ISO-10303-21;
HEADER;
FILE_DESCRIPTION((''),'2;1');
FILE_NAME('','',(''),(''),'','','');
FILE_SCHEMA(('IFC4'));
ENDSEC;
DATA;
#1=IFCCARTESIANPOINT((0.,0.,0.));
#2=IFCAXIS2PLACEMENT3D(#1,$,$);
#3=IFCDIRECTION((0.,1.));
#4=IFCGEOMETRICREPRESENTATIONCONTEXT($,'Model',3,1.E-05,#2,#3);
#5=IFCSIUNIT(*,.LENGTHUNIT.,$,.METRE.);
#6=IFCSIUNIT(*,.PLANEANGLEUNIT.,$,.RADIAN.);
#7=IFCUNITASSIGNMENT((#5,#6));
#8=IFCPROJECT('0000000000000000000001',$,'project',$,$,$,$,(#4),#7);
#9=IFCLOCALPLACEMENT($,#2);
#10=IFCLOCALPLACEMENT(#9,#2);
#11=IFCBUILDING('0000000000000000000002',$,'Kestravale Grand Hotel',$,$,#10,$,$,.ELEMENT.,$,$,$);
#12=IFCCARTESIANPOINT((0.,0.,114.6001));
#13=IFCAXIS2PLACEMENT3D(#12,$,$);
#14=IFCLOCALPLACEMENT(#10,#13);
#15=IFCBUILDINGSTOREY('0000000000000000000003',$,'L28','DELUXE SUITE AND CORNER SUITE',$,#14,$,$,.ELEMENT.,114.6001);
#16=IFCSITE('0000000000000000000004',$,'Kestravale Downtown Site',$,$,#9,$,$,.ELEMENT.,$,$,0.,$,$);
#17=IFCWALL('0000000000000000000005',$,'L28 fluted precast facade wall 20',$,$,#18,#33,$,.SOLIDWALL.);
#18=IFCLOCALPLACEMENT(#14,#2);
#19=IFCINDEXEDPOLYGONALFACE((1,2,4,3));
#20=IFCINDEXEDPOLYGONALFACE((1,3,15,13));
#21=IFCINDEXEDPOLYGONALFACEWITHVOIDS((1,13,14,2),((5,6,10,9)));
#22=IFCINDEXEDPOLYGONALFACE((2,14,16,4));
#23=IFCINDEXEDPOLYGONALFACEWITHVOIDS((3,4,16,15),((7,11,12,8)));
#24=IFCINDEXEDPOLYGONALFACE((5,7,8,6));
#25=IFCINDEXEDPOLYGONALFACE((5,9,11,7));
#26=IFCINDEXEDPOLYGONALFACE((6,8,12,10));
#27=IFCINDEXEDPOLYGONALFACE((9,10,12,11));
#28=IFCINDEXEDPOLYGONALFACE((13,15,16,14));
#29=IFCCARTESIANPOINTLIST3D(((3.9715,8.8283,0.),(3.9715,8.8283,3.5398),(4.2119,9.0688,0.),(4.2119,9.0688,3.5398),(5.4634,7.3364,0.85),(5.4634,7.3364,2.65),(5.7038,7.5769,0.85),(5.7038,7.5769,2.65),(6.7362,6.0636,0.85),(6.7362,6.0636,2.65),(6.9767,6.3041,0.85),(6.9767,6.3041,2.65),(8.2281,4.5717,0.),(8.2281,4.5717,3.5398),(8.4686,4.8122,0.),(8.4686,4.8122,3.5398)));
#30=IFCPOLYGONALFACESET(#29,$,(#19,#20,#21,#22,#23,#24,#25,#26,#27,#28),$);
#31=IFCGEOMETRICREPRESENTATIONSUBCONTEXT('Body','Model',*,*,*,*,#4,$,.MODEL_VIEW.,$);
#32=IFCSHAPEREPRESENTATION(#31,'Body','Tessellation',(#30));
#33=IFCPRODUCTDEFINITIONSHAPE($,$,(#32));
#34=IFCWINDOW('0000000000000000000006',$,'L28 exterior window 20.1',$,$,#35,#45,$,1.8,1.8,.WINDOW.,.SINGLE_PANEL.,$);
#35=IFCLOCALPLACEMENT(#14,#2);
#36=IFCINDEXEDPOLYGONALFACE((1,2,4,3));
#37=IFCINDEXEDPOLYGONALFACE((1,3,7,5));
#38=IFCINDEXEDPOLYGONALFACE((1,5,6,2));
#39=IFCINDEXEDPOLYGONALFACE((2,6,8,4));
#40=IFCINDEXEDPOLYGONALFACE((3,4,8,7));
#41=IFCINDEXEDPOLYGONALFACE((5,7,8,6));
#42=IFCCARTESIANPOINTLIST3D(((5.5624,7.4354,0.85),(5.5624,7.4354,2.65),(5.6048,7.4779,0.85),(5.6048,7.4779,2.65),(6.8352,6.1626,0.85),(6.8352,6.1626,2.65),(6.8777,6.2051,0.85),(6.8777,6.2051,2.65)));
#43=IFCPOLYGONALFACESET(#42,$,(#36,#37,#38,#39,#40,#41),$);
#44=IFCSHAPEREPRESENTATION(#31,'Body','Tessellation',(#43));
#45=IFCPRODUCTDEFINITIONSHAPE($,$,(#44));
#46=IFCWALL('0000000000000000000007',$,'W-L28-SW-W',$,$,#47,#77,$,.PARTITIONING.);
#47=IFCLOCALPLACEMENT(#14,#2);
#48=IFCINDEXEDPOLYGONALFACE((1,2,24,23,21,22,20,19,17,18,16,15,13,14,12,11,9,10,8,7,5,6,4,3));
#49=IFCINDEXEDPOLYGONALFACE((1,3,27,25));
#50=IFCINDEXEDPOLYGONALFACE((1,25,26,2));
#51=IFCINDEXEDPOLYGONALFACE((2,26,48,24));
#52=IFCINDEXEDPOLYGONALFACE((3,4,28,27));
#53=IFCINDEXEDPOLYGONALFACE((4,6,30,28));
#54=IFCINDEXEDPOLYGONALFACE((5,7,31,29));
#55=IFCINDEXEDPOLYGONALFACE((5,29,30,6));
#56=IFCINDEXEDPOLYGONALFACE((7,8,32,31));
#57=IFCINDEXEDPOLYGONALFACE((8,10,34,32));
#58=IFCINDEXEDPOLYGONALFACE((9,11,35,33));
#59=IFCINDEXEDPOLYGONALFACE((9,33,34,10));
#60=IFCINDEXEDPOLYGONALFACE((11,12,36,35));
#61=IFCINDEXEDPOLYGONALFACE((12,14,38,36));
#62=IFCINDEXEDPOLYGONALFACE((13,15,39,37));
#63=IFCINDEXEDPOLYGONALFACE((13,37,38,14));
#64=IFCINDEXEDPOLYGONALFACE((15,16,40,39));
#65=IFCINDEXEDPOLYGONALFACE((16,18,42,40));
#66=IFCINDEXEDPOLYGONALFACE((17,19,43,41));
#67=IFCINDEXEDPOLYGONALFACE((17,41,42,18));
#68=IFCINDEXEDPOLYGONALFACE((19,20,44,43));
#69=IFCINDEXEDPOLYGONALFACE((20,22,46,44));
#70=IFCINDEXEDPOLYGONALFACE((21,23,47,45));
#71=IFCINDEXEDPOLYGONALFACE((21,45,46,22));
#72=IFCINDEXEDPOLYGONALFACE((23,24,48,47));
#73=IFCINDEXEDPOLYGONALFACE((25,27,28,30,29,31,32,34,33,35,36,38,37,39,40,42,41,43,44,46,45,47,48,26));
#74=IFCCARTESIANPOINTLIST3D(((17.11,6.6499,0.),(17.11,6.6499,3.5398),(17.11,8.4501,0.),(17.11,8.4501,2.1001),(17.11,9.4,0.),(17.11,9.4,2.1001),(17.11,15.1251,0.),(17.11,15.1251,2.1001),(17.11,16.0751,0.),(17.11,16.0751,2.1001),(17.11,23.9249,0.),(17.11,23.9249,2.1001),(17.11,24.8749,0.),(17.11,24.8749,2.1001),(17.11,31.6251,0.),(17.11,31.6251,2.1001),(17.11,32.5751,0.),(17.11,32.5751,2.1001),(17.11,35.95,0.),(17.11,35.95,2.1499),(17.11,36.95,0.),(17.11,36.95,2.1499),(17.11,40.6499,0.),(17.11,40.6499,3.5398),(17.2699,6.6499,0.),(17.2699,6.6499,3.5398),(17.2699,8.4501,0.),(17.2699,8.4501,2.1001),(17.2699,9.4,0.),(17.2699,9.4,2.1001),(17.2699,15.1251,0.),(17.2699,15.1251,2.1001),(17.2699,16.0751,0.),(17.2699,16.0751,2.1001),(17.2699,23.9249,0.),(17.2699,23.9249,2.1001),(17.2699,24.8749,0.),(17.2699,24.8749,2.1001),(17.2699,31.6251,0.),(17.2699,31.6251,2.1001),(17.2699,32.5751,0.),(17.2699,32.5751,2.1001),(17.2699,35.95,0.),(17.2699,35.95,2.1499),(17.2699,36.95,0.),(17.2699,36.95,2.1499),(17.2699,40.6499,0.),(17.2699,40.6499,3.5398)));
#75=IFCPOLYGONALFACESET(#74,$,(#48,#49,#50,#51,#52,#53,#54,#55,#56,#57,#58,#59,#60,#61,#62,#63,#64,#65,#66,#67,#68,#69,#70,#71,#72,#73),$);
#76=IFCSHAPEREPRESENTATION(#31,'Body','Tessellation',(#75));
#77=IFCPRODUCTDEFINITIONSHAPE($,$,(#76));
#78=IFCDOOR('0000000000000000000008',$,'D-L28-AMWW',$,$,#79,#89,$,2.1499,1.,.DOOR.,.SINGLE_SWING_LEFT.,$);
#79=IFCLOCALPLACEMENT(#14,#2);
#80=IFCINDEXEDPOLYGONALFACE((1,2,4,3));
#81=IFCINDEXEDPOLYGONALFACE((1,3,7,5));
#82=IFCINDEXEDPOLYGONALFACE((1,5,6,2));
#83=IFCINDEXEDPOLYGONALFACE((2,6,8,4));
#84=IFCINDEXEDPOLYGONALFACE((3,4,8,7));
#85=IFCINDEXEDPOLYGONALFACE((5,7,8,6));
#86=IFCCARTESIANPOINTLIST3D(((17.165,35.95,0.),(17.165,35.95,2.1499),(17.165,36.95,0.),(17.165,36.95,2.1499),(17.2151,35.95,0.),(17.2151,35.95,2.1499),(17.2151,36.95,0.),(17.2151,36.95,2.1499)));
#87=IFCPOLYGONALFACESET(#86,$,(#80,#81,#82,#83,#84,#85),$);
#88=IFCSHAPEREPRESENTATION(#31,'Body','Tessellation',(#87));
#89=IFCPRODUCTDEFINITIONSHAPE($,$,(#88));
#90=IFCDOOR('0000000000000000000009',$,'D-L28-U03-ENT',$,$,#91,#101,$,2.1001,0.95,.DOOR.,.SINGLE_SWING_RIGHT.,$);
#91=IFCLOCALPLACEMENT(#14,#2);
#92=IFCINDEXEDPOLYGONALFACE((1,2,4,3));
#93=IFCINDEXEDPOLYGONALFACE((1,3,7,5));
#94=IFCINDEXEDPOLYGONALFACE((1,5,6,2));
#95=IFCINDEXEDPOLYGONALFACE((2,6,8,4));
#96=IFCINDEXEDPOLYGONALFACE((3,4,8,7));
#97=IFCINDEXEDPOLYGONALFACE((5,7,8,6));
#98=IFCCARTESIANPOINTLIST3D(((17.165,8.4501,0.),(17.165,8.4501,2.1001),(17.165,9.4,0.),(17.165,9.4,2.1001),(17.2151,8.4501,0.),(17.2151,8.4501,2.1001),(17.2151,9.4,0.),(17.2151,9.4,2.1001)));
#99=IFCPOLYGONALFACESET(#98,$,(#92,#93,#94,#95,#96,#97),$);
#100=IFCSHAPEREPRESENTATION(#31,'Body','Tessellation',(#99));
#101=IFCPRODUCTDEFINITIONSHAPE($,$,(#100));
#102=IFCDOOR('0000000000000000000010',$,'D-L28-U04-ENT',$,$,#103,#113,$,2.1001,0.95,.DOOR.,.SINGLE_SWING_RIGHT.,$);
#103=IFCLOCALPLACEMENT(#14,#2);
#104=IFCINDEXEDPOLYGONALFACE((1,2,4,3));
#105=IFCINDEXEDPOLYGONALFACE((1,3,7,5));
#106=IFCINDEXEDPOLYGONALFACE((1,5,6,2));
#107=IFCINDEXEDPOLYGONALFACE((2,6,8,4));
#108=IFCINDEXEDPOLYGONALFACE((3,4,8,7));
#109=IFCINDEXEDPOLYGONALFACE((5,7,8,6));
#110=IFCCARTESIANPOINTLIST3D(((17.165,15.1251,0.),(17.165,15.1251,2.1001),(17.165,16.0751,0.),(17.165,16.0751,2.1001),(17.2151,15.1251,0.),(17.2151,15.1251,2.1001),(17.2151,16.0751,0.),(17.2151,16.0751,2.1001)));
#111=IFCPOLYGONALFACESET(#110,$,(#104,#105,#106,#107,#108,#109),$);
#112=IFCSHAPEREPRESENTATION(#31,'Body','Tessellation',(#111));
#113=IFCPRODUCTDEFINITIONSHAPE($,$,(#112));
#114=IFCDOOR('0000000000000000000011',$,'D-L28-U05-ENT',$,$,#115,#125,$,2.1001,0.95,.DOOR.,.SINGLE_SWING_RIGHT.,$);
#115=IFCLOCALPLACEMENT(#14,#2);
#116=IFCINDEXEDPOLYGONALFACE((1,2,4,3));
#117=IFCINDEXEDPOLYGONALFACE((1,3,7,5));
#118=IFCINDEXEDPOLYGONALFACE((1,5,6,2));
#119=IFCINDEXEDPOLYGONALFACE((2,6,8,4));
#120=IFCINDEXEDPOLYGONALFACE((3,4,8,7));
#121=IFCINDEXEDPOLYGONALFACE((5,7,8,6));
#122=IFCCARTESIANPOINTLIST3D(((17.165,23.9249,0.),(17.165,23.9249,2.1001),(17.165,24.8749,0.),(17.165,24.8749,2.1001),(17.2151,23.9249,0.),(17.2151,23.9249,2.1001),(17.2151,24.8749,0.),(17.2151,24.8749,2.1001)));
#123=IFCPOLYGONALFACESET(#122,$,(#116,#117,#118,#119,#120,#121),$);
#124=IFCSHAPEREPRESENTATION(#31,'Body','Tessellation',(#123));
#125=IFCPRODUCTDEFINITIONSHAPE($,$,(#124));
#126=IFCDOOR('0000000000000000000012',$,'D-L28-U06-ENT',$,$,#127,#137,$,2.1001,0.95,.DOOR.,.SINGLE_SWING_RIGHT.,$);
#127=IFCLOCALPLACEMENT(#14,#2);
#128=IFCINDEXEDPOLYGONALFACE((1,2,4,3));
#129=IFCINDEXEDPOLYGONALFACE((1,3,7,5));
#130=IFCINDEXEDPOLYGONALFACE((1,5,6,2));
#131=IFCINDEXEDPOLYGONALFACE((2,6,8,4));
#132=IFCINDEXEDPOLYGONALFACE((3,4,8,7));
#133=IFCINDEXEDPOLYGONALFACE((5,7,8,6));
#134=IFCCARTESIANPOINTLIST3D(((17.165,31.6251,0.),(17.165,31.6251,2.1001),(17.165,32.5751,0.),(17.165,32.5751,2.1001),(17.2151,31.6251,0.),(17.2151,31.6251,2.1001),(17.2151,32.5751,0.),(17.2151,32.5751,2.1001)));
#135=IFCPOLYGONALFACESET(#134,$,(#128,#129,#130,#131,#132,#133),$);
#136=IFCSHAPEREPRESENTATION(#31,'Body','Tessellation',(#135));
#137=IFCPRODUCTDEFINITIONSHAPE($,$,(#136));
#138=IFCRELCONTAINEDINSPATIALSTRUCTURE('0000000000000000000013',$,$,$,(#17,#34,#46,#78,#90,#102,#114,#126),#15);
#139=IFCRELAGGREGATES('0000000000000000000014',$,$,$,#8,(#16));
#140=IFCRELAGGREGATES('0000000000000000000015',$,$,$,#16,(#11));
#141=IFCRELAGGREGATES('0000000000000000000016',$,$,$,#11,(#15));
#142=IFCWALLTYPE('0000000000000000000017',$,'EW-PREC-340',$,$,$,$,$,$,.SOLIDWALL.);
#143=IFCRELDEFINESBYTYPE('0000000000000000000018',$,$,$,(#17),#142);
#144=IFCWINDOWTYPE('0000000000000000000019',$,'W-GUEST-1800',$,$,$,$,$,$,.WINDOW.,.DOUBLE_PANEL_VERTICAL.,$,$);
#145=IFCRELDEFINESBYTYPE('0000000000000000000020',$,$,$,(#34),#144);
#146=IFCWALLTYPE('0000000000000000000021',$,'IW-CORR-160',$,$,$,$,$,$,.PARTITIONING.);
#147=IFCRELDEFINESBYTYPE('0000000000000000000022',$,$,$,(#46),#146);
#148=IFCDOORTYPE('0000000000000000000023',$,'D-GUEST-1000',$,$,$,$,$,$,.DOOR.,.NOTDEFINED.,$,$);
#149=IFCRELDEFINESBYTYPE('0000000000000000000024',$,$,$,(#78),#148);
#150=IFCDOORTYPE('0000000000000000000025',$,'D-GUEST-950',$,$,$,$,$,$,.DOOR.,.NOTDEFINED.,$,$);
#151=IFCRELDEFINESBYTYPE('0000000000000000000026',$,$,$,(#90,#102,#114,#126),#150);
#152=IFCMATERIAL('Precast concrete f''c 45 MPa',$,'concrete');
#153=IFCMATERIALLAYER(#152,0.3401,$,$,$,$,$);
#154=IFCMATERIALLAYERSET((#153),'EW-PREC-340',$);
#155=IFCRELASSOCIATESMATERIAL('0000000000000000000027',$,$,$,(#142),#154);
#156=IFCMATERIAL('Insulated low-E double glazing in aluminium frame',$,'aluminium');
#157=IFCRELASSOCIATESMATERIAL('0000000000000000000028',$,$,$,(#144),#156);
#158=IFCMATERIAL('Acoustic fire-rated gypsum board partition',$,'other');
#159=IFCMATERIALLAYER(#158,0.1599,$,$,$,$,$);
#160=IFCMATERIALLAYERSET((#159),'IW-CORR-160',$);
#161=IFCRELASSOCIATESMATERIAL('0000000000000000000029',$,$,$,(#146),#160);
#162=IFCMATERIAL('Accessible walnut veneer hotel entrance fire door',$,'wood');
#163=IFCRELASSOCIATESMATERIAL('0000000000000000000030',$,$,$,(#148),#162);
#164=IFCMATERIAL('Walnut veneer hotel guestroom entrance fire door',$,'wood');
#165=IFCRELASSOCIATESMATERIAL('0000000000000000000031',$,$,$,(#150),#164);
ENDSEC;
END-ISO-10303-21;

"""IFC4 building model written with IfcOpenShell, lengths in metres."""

from ifc_helpers import new_model, si_unit, direction, frame, frame_2d, origin, place, context, subcontext, project, spatial, rectangle, extrude, material, layer, layer_set, type_object, element, fill, save


model = new_model("IFC4")

# Units and contexts
model_context = context("Model", 3, precision=1e-05, world=origin(), true_north=direction((0.0, 1.0)))
body_context = subcontext(model_context, "Body", "Model", "MODEL_VIEW")
ifc_project = project(units=[si_unit("LENGTHUNIT", "METRE"), si_unit("PLANEANGLEUNIT", "RADIAN")], contexts=[model_context])

# Site, building, storey
site_placement = place(None, origin())
site = spatial("IfcSite", under=ifc_project, at=site_placement, Name="Kestravale Downtown Site", CompositionType="ELEMENT", RefElevation=0.0)
building_placement = place(site_placement, origin())
building = spatial("IfcBuilding", under=site, at=building_placement, Name="Kestravale Grand Hotel", CompositionType="ELEMENT")
storey_placement = place(building_placement, frame((0.0, 0.0, 114.6001)))
storey = spatial("IfcBuildingStorey", under=building, at=storey_placement, Name="L28", Description="DELUXE SUITE AND CORNER SUITE", CompositionType="ELEMENT", Elevation=114.6001)

# Wall, opening, window
ifc_material_1 = material(Name="Precast concrete f'c 45 MPa", Category="concrete")
ifc_layer_1 = layer(ifc_material_1, 0.3401)
ifc_layer_set_1 = layer_set([ifc_layer_1], Name="EW-PREC-340")
wall_type_1 = type_object("IfcWallType", Name="EW-PREC-340", PredefinedType="SOLIDWALL", material=ifc_layer_set_1)
ifc_material_2 = material(Name="Insulated low-E double glazing in aluminium frame", Category="aluminium")
window_type = type_object("IfcWindowType", Name="W-GUEST-1800", PartitioningType="DOUBLE_PANEL_VERTICAL", PredefinedType="WINDOW", material=ifc_material_2)
wall_1_placement = place(storey_placement, frame((4.0918, 8.9485, 0.0), z_axis=(0.0, 0.0, 1.0), x_axis=(0.707107, -0.707107, 0.0)))
wall_1 = element("IfcWall", 1, at=wall_1_placement, inside=storey, type_object=wall_type_1, Name="L28 fluted precast facade wall 20", PredefinedType="SOLIDWALL", context=body_context, shape_type="SweptSolid", body=[
    extrude(rectangle(XDim=6.0198, YDim=0.3401, at=frame_2d((3.0098, 0.0))), origin(), (0.0, 0.0, 1.0), 3.5398),
])
opening_1_placement = place(wall_1_placement, frame((2.1099, 0.0, 0.8501)))
opening_1 = element("IfcOpeningElement", 2, at=opening_1_placement, cuts=wall_1, PredefinedType="OPENING", context=body_context, shape_type="SweptSolid", body=[
    extrude(rectangle(XDim=1.8, YDim=1.8, at=frame_2d((0.8999, 0.8999))), frame((0.0, 0.1799, 0.0), z_axis=(0.0, -1.0, 0.0), x_axis=(1.0, 0.0, 0.0)), (0.0, 0.0, 1.0), 0.3601),
])
window_1_placement = place(opening_1_placement, origin())
window_1 = element("IfcWindow", 3, at=window_1_placement, inside=storey, type_object=window_type, Name="L28 exterior window 20.1", OverallHeight=1.8, OverallWidth=1.8, PartitioningType="SINGLE_PANEL", PredefinedType="WINDOW", context=body_context, shape_type="SweptSolid", body=[
    extrude(rectangle(XDim=1.8, YDim=1.8, at=frame_2d((0.8999, 0.8999))), frame((0.0, 0.03, 0.0), z_axis=(0.0, -1.0, 0.0), x_axis=(1.0, 0.0, 0.0)), (0.0, 0.0, 1.0), 0.0601),
])
fill(opening_1, window_1)

# Wall, openings, doors
ifc_material_3 = material(Name="Acoustic fire-rated gypsum board partition", Category="other")
ifc_layer_2 = layer(ifc_material_3, 0.1599)
ifc_layer_set_2 = layer_set([ifc_layer_2], Name="IW-CORR-160")
wall_type_2 = type_object("IfcWallType", Name="IW-CORR-160", PredefinedType="PARTITIONING", material=ifc_layer_set_2)
wall_2_placement = place(storey_placement, frame((17.1899, 6.6499, 0.0), z_axis=(0.0, 0.0, 1.0), x_axis=(0.0, 1.0, 0.0)))
wall_2 = element("IfcWall", 4, at=wall_2_placement, inside=storey, type_object=wall_type_2, Name="W-L28-SW-W", PredefinedType="PARTITIONING", context=body_context, shape_type="SweptSolid", body=[
    extrude(rectangle(XDim=34.0, YDim=0.1599, at=frame_2d((17.0, 0.0))), origin(), (0.0, 0.0, 1.0), 3.5398),
])
opening_2_placement = place(wall_2_placement, frame((1.8, 0.0, 0.0)))
opening_2 = element("IfcOpeningElement", 5, at=opening_2_placement, cuts=wall_2, PredefinedType="OPENING", context=body_context, shape_type="SweptSolid", body=[
    extrude(rectangle(XDim=0.95, YDim=2.1001, at=frame_2d((0.4751, 1.05))), frame((0.0, 0.0898, 0.0), z_axis=(0.0, -1.0, 0.0), x_axis=(1.0, 0.0, 0.0)), (0.0, 0.0, 1.0), 0.1799),
])
opening_3_placement = place(wall_2_placement, frame((8.4751, 0.0, 0.0)))
opening_3 = element("IfcOpeningElement", 6, at=opening_3_placement, cuts=wall_2, PredefinedType="OPENING", context=body_context, shape_type="SweptSolid", body=[
    extrude(rectangle(XDim=0.95, YDim=2.1001, at=frame_2d((0.4751, 1.05))), frame((0.0, 0.0898, 0.0), z_axis=(0.0, -1.0, 0.0), x_axis=(1.0, 0.0, 0.0)), (0.0, 0.0, 1.0), 0.1799),
])
opening_4_placement = place(wall_2_placement, frame((17.2749, 0.0, 0.0)))
opening_4 = element("IfcOpeningElement", 7, at=opening_4_placement, cuts=wall_2, PredefinedType="OPENING", context=body_context, shape_type="SweptSolid", body=[
    extrude(rectangle(XDim=0.95, YDim=2.1001, at=frame_2d((0.4751, 1.05))), frame((0.0, 0.0898, 0.0), z_axis=(0.0, -1.0, 0.0), x_axis=(1.0, 0.0, 0.0)), (0.0, 0.0, 1.0), 0.1799),
])
opening_5_placement = place(wall_2_placement, frame((24.9751, 0.0, 0.0)))
opening_5 = element("IfcOpeningElement", 8, at=opening_5_placement, cuts=wall_2, PredefinedType="OPENING", context=body_context, shape_type="SweptSolid", body=[
    extrude(rectangle(XDim=0.95, YDim=2.1001, at=frame_2d((0.4751, 1.05))), frame((0.0, 0.0898, 0.0), z_axis=(0.0, -1.0, 0.0), x_axis=(1.0, 0.0, 0.0)), (0.0, 0.0, 1.0), 0.1799),
])
opening_6_placement = place(wall_2_placement, frame((29.3, 0.0, 0.0)))
opening_6 = element("IfcOpeningElement", 9, at=opening_6_placement, cuts=wall_2, PredefinedType="OPENING", context=body_context, shape_type="SweptSolid", body=[
    extrude(rectangle(XDim=1.0, YDim=2.1499, at=frame_2d((0.5, 1.075))), frame((0.0, 0.0898, 0.0), z_axis=(0.0, -1.0, 0.0), x_axis=(1.0, 0.0, 0.0)), (0.0, 0.0, 1.0), 0.1799),
])
ifc_material_4 = material(Name="Accessible walnut veneer hotel entrance fire door", Category="wood")
door_type_1 = type_object("IfcDoorType", Name="D-GUEST-1000", OperationType="NOTDEFINED", PredefinedType="DOOR", material=ifc_material_4)
door_1_placement = place(opening_6_placement, origin())
door_1 = element("IfcDoor", 10, at=door_1_placement, inside=storey, type_object=door_type_1, Name="D-L28-AMWW", OperationType="SINGLE_SWING_LEFT", OverallHeight=2.1499, OverallWidth=1.0, PredefinedType="DOOR", context=body_context, shape_type="SweptSolid", body=[
    extrude(rectangle(XDim=1.0, YDim=2.1499, at=frame_2d((0.5, 1.075))), frame((0.0, 0.0249, 0.0), z_axis=(0.0, -1.0, 0.0), x_axis=(1.0, 0.0, 0.0)), (0.0, 0.0, 1.0), 0.05),
])
fill(opening_6, door_1)
ifc_material_5 = material(Name="Walnut veneer hotel guestroom entrance fire door", Category="wood")
door_type_2 = type_object("IfcDoorType", Name="D-GUEST-950", OperationType="NOTDEFINED", PredefinedType="DOOR", material=ifc_material_5)
door_2_placement = place(opening_2_placement, origin())
door_2 = element("IfcDoor", 11, at=door_2_placement, inside=storey, type_object=door_type_2, Name="D-L28-U03-ENT", OperationType="SINGLE_SWING_RIGHT", OverallHeight=2.1001, OverallWidth=0.95, PredefinedType="DOOR", context=body_context, shape_type="SweptSolid", body=[
    extrude(rectangle(XDim=0.95, YDim=2.1001, at=frame_2d((0.4751, 1.05))), frame((0.0, 0.0249, 0.0), z_axis=(0.0, -1.0, 0.0), x_axis=(1.0, 0.0, 0.0)), (0.0, 0.0, 1.0), 0.05),
])
fill(opening_2, door_2)
door_3_placement = place(opening_3_placement, origin())
door_3 = element("IfcDoor", 12, at=door_3_placement, inside=storey, type_object=door_type_2, Name="D-L28-U04-ENT", OperationType="SINGLE_SWING_RIGHT", OverallHeight=2.1001, OverallWidth=0.95, PredefinedType="DOOR", context=body_context, shape_type="SweptSolid", body=[
    extrude(rectangle(XDim=0.95, YDim=2.1001, at=frame_2d((0.4751, 1.05))), frame((0.0, 0.0249, 0.0), z_axis=(0.0, -1.0, 0.0), x_axis=(1.0, 0.0, 0.0)), (0.0, 0.0, 1.0), 0.05),
])
fill(opening_3, door_3)
door_4_placement = place(opening_4_placement, origin())
door_4 = element("IfcDoor", 13, at=door_4_placement, inside=storey, type_object=door_type_2, Name="D-L28-U05-ENT", OperationType="SINGLE_SWING_RIGHT", OverallHeight=2.1001, OverallWidth=0.95, PredefinedType="DOOR", context=body_context, shape_type="SweptSolid", body=[
    extrude(rectangle(XDim=0.95, YDim=2.1001, at=frame_2d((0.4751, 1.05))), frame((0.0, 0.0249, 0.0), z_axis=(0.0, -1.0, 0.0), x_axis=(1.0, 0.0, 0.0)), (0.0, 0.0, 1.0), 0.05),
])
fill(opening_4, door_4)
door_5_placement = place(opening_5_placement, origin())
door_5 = element("IfcDoor", 14, at=door_5_placement, inside=storey, type_object=door_type_2, Name="D-L28-U06-ENT", OperationType="SINGLE_SWING_RIGHT", OverallHeight=2.1001, OverallWidth=0.95, PredefinedType="DOOR", context=body_context, shape_type="SweptSolid", body=[
    extrude(rectangle(XDim=0.95, YDim=2.1001, at=frame_2d((0.4751, 1.05))), frame((0.0, 0.0249, 0.0), z_axis=(0.0, -1.0, 0.0), x_axis=(1.0, 0.0, 0.0)), (0.0, 0.0, 1.0), 0.05),
])
fill(opening_5, door_5)

save(model, "model.ifc")
